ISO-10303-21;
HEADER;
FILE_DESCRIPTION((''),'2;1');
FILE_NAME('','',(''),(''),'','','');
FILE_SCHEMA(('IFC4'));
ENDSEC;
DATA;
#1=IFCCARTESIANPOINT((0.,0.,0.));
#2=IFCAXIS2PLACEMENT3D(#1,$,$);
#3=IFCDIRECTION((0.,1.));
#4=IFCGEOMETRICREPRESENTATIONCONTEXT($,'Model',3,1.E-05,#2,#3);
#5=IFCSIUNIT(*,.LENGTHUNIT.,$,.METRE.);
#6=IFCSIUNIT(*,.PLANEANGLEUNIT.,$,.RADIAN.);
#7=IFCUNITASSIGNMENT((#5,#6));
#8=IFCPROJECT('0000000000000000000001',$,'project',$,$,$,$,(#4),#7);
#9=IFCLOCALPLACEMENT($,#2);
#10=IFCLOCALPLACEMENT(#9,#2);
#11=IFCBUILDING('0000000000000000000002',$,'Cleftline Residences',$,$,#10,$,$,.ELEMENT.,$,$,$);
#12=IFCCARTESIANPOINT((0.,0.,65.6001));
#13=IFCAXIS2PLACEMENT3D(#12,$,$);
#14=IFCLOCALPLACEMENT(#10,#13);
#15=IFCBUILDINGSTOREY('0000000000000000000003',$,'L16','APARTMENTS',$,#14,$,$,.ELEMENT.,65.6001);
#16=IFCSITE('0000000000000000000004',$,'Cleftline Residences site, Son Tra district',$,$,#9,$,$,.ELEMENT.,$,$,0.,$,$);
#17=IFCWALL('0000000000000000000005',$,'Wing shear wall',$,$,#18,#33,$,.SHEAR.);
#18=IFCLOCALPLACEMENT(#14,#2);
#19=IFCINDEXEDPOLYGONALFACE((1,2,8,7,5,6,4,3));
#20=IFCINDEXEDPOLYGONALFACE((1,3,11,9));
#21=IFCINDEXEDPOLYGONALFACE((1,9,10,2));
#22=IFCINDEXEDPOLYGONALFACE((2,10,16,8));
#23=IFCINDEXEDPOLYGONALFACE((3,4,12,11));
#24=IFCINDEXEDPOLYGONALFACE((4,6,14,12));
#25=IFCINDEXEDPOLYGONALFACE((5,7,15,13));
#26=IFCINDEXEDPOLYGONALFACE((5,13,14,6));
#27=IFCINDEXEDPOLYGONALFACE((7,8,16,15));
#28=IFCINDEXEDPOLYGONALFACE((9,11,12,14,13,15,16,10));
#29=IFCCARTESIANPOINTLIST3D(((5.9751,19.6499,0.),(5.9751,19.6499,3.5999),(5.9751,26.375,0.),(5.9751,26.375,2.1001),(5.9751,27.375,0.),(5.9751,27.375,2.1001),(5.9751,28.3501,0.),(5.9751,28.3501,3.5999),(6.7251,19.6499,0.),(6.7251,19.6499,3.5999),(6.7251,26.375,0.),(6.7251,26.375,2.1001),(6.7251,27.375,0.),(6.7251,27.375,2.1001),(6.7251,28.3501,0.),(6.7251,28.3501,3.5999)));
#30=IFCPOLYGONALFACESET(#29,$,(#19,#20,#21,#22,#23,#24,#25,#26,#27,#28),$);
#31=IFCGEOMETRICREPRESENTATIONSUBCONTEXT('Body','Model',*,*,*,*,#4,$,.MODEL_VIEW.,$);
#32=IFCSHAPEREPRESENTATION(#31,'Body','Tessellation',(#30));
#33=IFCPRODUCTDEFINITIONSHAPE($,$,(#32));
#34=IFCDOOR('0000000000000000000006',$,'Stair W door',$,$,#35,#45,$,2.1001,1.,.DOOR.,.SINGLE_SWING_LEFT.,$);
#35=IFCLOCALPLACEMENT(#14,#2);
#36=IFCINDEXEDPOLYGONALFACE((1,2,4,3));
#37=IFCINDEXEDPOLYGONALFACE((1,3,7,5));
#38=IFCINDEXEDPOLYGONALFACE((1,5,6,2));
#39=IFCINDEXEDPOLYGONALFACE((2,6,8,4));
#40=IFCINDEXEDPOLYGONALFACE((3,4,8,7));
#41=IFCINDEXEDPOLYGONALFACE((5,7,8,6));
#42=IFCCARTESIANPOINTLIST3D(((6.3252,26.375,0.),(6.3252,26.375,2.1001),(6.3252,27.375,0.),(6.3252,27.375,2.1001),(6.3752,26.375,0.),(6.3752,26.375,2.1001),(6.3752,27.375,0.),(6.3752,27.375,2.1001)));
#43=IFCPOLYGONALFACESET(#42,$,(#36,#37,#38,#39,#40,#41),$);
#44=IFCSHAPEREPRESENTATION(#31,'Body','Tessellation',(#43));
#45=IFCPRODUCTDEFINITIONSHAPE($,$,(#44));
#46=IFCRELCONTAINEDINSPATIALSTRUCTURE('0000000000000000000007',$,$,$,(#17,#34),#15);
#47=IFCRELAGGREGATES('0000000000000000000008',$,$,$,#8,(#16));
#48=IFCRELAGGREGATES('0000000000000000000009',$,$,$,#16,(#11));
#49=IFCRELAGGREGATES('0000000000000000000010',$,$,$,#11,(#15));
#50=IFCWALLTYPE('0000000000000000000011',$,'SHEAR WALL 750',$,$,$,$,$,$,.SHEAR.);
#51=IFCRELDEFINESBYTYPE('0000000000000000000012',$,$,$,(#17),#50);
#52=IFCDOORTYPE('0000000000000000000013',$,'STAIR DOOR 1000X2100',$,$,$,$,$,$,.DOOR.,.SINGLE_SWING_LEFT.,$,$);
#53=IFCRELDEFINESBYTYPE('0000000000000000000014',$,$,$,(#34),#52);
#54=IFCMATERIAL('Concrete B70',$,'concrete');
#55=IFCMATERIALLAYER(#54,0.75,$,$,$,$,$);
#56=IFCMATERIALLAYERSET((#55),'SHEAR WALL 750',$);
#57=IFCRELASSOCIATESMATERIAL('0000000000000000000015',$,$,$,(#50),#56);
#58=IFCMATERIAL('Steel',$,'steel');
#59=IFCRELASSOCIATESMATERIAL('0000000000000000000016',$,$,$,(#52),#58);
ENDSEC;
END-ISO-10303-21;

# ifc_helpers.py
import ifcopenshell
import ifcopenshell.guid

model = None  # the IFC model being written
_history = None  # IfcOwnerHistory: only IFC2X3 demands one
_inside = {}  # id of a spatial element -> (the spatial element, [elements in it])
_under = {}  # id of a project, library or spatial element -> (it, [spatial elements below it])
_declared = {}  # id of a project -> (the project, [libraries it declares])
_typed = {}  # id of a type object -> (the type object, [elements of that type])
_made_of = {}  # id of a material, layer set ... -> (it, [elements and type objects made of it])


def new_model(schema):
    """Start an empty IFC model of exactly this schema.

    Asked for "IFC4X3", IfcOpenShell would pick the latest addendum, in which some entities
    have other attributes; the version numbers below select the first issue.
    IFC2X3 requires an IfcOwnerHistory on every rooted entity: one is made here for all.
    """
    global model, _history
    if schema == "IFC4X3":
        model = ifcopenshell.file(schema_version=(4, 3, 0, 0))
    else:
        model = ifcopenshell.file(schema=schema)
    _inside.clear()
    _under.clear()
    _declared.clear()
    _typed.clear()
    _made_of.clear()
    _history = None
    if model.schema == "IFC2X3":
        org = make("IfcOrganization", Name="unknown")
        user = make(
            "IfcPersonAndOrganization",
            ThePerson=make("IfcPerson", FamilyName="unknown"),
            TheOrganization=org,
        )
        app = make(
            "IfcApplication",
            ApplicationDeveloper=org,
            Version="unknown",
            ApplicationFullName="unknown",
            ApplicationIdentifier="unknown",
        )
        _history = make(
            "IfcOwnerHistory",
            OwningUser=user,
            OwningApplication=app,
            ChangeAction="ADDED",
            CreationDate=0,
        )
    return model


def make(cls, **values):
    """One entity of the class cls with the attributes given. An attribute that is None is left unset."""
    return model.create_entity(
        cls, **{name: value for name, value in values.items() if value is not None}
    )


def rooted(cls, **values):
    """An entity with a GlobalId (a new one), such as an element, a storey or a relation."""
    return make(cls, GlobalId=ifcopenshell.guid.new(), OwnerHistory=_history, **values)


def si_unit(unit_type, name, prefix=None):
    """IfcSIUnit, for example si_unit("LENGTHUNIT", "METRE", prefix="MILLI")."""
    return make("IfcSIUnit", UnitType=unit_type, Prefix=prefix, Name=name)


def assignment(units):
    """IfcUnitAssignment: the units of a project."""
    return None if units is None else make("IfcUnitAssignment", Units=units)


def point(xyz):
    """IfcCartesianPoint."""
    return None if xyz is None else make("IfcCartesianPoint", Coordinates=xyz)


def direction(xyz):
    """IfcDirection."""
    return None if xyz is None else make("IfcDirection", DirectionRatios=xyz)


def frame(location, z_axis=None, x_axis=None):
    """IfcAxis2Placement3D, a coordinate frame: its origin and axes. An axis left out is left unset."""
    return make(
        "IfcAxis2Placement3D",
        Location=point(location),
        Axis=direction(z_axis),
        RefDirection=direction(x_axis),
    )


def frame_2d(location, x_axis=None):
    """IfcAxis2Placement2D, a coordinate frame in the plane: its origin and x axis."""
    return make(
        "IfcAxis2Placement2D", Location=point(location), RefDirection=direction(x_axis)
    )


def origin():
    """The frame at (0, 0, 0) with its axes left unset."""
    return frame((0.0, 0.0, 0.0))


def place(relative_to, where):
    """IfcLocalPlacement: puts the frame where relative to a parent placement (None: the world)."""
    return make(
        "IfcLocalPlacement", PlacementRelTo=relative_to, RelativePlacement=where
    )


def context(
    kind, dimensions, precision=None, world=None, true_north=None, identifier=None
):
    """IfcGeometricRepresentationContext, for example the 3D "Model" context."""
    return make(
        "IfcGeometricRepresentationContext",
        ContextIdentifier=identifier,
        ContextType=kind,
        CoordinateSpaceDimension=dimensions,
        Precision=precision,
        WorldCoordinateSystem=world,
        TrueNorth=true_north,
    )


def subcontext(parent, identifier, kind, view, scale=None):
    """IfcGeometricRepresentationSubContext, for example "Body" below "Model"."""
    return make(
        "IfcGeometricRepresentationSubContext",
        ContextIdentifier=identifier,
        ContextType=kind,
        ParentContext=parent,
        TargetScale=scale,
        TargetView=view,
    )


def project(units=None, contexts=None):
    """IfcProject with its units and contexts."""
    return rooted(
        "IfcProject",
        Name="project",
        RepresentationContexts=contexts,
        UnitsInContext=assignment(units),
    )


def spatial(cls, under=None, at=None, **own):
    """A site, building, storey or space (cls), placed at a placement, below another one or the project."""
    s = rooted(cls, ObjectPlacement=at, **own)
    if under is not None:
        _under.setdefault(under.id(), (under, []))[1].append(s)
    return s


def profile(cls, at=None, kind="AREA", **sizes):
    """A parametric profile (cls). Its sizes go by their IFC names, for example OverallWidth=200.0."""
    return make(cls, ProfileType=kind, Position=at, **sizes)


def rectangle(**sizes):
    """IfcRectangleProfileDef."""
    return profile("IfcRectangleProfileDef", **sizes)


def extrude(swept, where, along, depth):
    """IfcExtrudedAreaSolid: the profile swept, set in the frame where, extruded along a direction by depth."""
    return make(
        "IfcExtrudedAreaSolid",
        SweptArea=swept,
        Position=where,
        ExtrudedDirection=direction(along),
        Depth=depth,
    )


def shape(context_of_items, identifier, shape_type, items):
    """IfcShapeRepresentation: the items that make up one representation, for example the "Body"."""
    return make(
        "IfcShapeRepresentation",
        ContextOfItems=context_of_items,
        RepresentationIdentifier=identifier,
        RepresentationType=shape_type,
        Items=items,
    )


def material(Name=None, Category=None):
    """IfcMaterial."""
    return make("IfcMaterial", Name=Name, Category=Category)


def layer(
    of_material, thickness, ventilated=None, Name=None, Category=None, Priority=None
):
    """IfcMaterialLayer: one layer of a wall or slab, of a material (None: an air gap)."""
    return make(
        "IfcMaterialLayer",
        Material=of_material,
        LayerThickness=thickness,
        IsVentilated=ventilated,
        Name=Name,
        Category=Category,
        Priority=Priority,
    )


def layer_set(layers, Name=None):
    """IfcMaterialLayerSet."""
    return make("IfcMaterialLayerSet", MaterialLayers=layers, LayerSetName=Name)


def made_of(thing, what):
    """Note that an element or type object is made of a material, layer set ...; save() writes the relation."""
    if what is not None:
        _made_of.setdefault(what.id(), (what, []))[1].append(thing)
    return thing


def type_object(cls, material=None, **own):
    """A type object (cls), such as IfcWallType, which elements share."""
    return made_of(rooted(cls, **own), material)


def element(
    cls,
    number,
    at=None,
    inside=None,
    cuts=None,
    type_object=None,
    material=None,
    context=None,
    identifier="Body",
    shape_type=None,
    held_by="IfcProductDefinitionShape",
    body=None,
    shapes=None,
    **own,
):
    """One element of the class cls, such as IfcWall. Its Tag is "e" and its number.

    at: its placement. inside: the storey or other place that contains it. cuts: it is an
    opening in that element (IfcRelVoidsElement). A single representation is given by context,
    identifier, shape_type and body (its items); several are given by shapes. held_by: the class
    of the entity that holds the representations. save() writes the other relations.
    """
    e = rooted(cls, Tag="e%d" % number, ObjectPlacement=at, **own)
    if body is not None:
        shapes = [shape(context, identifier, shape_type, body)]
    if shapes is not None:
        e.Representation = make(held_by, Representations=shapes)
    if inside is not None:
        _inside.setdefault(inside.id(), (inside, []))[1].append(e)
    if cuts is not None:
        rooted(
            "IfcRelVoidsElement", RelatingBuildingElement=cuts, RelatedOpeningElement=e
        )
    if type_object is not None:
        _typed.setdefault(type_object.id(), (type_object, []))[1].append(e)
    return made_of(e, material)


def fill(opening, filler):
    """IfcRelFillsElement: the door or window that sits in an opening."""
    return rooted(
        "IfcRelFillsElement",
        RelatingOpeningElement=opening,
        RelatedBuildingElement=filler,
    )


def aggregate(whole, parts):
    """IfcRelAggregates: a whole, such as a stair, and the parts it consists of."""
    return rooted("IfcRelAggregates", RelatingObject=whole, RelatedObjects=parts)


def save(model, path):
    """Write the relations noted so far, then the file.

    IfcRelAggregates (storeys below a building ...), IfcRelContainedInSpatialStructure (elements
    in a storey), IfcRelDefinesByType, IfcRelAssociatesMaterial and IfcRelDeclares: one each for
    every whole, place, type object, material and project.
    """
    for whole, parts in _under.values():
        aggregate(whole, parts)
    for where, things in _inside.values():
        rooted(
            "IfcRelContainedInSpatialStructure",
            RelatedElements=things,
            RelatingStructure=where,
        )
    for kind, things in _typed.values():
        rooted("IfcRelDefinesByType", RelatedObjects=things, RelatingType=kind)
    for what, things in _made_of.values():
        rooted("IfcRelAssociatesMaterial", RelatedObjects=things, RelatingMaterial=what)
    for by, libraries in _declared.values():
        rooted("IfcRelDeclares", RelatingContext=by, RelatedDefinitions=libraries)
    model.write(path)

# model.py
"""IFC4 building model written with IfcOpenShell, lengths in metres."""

from ifc_helpers import new_model, si_unit, direction, frame, frame_2d, origin, place, context, subcontext, project, spatial, rectangle, extrude, material, layer, layer_set, type_object, element, fill, save


model = new_model("IFC4")

# Units and contexts
model_context = context("Model", 3, precision=1e-05, world=origin(), true_north=direction((0.0, 1.0)))
body_context = subcontext(model_context, "Body", "Model", "MODEL_VIEW")
ifc_project = project(units=[si_unit("LENGTHUNIT", "METRE"), si_unit("PLANEANGLEUNIT", "RADIAN")], contexts=[model_context])

# Site, building, storey
site_placement = place(None, origin())
site = spatial("IfcSite", under=ifc_project, at=site_placement, Name="Cleftline Residences site, Son Tra district", CompositionType="ELEMENT", RefElevation=0.0)
building_placement = place(site_placement, origin())
building = spatial("IfcBuilding", under=site, at=building_placement, Name="Cleftline Residences", CompositionType="ELEMENT")
storey_placement = place(building_placement, frame((0.0, 0.0, 65.6001)))
storey = spatial("IfcBuildingStorey", under=building, at=storey_placement, Name="L16", Description="APARTMENTS", CompositionType="ELEMENT", Elevation=65.6001)

# Shared definitions
ifc_material_1 = material(Name="Concrete B70", Category="concrete")
ifc_layer_1 = layer(ifc_material_1, 0.75)
ifc_layer_set_1 = layer_set([ifc_layer_1], Name="SHEAR WALL 750")
wall_type_1 = type_object("IfcWallType", Name="SHEAR WALL 750", PredefinedType="SHEAR", material=ifc_layer_set_1)

# Wall, opening, door
wall_1_placement = place(storey_placement, frame((6.3501, 19.6499, 0.0), z_axis=(0.0, 0.0, 1.0), x_axis=(0.0, 1.0, 0.0)))
wall_1 = element("IfcWall", 1, at=wall_1_placement, inside=storey, type_object=wall_type_1, Name="Wing shear wall", PredefinedType="SHEAR", context=body_context, shape_type="SweptSolid", body=[
    extrude(rectangle(XDim=8.7002, YDim=0.75, at=frame_2d((4.3501, 0.0))), origin(), (0.0, 0.0, 1.0), 3.5999),
])
opening_1_placement = place(wall_1_placement, frame((6.7251, 0.0, 0.0)))
opening_1 = element("IfcOpeningElement", 2, at=opening_1_placement, cuts=wall_1, PredefinedType="OPENING", context=body_context, shape_type="SweptSolid", body=[
    extrude(rectangle(XDim=1.0, YDim=2.1001, at=frame_2d((0.5, 1.05))), frame((0.0, 0.385, 0.0), z_axis=(0.0, -1.0, 0.0), x_axis=(1.0, 0.0, 0.0)), (0.0, 0.0, 1.0), 0.77),
])
ifc_material_2 = material(Name="Steel", Category="steel")
door_type_1 = type_object("IfcDoorType", Name="STAIR DOOR 1000X2100", OperationType="SINGLE_SWING_LEFT", PredefinedType="DOOR", material=ifc_material_2)
door_1_placement = place(opening_1_placement, origin())
door_1 = element("IfcDoor", 3, at=door_1_placement, inside=storey, type_object=door_type_1, Name="Stair W door", OperationType="SINGLE_SWING_LEFT", OverallHeight=2.1001, OverallWidth=1.0, PredefinedType="DOOR", context=body_context, shape_type="SweptSolid", body=[
    extrude(rectangle(XDim=1.0, YDim=2.1001, at=frame_2d((0.5, 1.05))), frame((0.0, 0.0249, 0.0), z_axis=(0.0, -1.0, 0.0), x_axis=(1.0, 0.0, 0.0)), (0.0, 0.0, 1.0), 0.05),
])
fill(opening_1, door_1)

save(model, "model.ifc")
